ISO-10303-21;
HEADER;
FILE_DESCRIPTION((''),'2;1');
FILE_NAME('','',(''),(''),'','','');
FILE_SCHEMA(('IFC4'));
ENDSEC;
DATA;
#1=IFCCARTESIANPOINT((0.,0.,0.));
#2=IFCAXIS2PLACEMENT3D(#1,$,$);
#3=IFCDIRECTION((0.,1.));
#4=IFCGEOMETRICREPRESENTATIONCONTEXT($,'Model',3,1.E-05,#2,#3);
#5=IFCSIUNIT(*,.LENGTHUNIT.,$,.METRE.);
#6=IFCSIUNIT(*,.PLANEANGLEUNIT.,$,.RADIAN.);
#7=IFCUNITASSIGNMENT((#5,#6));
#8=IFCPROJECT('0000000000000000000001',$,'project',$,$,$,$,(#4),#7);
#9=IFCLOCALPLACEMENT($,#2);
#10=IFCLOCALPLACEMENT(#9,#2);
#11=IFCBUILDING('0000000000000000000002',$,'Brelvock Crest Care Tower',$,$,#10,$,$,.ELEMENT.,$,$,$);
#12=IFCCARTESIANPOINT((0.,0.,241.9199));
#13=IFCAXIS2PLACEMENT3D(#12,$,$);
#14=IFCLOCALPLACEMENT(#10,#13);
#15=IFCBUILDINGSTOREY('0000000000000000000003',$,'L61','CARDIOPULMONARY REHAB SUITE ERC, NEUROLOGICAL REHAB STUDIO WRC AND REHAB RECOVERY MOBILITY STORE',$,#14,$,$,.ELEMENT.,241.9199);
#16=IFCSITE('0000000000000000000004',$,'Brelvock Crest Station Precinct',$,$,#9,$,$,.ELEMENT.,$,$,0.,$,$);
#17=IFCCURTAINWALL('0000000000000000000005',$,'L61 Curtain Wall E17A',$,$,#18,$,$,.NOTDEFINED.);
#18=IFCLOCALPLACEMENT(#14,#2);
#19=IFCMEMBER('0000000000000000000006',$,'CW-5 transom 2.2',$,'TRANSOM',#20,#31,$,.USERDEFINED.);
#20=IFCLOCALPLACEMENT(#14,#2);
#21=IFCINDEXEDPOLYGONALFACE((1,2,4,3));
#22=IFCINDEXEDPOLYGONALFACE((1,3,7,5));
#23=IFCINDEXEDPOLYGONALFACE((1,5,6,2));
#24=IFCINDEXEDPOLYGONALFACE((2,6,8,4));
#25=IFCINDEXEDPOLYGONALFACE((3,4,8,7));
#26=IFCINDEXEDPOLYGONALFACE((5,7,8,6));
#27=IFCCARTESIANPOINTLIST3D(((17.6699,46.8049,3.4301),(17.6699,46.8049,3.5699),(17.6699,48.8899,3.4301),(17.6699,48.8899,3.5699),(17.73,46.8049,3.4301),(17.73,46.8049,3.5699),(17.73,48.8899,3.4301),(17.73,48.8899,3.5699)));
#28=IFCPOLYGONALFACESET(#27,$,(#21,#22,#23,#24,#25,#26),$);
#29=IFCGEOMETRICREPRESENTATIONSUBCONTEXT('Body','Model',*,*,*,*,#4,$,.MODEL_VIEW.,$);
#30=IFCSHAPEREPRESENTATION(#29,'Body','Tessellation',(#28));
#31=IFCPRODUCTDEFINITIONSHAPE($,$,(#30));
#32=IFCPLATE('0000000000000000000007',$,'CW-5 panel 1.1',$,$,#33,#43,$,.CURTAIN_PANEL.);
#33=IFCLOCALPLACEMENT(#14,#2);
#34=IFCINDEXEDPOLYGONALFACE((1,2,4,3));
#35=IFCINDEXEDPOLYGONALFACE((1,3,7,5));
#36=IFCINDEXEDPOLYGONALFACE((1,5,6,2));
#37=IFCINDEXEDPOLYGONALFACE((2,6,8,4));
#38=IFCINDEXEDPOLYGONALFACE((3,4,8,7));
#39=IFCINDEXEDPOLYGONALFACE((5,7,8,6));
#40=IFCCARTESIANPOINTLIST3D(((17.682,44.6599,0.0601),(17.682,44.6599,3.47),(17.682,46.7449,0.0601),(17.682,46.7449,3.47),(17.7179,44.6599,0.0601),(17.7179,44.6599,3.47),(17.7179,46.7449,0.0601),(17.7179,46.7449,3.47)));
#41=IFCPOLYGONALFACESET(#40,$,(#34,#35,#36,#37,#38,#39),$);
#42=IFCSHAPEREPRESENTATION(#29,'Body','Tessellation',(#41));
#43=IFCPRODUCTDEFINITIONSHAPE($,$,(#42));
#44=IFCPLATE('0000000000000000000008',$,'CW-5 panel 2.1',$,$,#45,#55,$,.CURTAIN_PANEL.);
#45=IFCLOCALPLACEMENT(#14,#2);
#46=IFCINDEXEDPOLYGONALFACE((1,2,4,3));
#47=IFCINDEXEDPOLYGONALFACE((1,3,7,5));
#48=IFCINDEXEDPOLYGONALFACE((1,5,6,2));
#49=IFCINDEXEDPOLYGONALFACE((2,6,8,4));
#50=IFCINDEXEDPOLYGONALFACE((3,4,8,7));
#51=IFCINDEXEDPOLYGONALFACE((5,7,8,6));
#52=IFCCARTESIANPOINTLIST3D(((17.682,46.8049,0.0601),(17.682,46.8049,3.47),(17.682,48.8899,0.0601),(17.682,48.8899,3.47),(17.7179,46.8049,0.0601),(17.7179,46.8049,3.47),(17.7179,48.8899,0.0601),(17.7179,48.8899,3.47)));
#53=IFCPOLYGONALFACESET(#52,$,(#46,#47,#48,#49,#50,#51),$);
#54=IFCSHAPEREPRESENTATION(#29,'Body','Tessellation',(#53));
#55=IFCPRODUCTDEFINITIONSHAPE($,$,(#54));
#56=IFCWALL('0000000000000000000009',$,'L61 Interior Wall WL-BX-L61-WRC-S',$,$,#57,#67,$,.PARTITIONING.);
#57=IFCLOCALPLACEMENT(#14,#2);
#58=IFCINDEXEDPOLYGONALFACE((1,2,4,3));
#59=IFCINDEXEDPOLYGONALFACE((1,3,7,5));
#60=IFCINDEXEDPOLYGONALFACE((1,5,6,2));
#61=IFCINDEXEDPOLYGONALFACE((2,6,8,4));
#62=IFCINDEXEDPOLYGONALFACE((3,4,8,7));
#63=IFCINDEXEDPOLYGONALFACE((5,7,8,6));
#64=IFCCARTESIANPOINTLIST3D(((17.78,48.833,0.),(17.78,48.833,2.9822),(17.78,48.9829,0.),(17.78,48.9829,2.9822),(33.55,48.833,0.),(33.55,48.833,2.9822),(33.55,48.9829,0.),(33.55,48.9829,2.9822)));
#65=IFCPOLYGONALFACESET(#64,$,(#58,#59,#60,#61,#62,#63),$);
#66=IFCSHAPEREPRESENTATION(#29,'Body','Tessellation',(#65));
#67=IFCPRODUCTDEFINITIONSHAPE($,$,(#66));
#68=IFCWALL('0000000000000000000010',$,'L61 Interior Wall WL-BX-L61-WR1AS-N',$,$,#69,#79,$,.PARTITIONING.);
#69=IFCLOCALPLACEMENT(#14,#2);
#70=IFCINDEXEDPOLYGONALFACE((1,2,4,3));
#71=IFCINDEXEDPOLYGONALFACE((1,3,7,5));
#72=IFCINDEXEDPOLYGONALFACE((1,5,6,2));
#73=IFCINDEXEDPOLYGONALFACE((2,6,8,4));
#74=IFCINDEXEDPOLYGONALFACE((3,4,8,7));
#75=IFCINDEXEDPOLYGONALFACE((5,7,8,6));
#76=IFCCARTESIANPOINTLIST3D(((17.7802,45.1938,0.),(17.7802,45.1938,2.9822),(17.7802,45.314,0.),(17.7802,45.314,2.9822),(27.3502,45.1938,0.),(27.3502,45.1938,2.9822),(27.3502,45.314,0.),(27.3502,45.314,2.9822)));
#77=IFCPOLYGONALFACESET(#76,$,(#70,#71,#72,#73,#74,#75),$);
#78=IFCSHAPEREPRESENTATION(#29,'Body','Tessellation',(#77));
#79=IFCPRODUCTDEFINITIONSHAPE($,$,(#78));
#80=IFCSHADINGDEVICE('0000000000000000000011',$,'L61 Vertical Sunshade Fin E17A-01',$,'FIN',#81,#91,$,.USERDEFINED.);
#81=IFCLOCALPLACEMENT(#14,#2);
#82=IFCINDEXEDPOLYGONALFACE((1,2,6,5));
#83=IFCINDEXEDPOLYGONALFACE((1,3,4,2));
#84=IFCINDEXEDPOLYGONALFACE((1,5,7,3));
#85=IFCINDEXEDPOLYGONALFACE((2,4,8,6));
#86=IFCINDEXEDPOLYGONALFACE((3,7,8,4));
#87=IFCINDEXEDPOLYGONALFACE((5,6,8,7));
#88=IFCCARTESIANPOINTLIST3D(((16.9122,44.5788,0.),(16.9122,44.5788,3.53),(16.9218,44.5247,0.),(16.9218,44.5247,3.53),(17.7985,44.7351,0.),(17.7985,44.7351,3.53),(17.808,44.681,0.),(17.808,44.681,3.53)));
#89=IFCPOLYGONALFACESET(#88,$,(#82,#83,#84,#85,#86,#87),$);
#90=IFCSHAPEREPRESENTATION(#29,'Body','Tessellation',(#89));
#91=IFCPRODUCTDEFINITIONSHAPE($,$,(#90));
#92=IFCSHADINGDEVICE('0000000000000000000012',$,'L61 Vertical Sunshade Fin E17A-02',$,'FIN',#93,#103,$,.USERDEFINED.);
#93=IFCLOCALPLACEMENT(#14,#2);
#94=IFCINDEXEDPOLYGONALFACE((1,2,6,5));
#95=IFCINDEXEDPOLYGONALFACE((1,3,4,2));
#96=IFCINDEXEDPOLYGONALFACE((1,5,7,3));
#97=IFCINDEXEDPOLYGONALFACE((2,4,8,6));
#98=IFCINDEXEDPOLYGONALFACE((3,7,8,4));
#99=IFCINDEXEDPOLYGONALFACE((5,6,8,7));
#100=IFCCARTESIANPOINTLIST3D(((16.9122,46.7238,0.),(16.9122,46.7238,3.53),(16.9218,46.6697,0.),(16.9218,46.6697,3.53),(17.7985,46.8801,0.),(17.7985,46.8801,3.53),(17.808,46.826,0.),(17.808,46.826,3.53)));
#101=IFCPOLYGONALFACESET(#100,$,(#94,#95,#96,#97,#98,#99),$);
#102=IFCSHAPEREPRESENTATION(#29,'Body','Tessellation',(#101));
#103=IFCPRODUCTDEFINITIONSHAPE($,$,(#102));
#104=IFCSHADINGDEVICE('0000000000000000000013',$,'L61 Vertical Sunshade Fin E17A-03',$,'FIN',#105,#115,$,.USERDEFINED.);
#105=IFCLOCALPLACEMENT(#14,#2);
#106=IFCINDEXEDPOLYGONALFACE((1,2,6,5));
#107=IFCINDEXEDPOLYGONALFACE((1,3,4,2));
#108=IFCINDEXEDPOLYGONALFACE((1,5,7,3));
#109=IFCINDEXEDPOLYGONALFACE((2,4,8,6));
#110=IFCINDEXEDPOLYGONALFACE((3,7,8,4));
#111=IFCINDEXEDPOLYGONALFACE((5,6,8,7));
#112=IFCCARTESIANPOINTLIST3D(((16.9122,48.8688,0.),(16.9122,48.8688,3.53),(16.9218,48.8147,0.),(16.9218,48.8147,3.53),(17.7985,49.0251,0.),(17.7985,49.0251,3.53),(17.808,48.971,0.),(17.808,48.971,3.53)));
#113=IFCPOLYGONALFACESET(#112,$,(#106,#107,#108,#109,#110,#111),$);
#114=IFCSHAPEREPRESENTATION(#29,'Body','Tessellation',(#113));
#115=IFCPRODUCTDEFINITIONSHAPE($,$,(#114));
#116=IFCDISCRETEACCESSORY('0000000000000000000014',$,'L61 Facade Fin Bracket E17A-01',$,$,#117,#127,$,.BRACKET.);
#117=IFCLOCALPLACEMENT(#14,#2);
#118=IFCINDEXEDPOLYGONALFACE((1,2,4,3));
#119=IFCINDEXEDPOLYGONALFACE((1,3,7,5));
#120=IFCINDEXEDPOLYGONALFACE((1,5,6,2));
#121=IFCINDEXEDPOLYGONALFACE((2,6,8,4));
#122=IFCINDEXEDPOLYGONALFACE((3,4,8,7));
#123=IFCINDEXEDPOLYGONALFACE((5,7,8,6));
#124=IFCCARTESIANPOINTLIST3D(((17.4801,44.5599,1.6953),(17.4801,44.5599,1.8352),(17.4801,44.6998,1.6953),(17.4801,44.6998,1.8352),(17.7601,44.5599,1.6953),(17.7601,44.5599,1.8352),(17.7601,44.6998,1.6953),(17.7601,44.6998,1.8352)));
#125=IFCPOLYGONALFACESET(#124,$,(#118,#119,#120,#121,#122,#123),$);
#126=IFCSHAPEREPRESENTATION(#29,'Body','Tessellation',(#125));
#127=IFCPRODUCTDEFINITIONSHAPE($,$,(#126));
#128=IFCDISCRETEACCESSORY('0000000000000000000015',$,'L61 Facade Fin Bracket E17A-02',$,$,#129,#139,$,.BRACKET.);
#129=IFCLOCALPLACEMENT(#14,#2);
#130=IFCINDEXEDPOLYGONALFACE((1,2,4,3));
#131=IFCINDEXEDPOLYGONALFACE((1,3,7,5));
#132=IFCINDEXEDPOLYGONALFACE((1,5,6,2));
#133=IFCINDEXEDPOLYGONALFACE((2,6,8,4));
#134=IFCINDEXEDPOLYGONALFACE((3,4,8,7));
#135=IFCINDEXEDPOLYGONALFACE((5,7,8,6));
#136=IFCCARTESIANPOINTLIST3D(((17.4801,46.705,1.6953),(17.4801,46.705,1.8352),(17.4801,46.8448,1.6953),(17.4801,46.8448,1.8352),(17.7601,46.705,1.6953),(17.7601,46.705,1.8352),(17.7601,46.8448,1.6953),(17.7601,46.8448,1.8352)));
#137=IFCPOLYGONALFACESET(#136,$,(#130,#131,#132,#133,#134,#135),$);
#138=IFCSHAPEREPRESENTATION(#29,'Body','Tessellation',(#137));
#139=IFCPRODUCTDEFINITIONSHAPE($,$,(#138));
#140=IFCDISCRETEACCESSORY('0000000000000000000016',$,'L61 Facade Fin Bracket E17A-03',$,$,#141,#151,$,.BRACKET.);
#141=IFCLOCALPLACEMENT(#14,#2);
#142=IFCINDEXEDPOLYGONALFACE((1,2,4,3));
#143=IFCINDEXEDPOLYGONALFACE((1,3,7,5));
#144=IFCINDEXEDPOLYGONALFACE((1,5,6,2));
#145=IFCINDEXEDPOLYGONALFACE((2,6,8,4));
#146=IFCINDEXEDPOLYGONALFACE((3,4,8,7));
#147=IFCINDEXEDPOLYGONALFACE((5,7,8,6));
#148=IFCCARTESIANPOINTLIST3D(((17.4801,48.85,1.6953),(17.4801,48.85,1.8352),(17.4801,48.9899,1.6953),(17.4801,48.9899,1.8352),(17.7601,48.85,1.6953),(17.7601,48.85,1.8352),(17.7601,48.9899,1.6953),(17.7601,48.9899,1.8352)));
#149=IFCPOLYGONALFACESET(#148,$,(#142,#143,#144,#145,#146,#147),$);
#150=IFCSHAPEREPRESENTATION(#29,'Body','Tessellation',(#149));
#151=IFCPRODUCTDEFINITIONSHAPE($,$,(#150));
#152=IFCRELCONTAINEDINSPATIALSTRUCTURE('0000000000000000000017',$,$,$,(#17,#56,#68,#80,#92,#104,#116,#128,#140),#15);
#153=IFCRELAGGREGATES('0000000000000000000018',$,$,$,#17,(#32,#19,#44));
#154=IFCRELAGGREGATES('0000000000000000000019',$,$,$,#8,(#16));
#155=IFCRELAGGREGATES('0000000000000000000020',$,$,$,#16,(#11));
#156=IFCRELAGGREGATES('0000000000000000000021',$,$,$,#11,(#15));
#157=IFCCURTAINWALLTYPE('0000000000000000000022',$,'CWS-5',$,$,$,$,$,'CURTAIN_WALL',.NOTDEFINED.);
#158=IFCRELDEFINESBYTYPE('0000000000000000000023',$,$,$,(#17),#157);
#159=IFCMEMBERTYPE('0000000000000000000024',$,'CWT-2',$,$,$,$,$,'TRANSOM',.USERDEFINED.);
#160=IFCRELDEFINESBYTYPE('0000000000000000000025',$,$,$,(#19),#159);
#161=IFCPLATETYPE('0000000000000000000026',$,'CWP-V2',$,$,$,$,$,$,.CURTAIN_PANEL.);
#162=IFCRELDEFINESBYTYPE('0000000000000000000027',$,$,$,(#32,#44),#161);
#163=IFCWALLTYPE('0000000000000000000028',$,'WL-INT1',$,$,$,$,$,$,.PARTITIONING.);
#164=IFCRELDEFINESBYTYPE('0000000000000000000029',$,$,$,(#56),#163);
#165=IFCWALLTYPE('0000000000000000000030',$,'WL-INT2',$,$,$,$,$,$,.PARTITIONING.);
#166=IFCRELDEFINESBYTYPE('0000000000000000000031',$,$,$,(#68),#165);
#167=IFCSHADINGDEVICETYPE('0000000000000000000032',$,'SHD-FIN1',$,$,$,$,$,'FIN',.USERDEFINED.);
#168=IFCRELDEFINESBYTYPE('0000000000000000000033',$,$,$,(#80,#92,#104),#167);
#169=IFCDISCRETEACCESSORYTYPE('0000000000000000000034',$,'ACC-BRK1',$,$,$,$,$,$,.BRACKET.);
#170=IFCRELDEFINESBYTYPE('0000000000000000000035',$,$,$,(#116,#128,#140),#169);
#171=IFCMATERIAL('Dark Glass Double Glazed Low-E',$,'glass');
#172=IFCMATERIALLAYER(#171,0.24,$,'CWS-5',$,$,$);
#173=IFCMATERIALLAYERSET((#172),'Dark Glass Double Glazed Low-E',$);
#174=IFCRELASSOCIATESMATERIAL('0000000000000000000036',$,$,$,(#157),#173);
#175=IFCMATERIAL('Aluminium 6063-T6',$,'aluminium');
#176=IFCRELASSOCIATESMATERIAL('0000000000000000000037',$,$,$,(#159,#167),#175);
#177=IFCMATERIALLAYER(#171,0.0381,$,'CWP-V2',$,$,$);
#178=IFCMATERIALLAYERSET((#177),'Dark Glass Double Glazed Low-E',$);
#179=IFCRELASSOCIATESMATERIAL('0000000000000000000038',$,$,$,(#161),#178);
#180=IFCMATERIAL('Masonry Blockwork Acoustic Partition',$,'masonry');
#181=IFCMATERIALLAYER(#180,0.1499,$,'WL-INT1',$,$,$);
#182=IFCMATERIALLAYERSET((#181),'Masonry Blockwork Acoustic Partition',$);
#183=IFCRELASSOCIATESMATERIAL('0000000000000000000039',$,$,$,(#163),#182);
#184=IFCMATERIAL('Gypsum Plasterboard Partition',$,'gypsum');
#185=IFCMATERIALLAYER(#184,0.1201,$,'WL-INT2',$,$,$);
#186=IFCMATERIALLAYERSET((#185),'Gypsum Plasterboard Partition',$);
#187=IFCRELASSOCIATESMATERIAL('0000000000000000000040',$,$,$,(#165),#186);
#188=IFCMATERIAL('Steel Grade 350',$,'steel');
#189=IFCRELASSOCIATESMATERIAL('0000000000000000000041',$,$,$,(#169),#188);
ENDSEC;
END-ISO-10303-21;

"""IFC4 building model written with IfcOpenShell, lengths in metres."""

from ifc_helpers import new_model, si_unit, direction, frame, frame_2d, origin, origin_2d, place, context, subcontext, project, spatial, rectangle, extrude, source, transform, mapped, material, layer, layer_set, material_profile, profile_set, type_object, element, aggregate, save


model = new_model("IFC4")

# Units and contexts
model_context = context("Model", 3, precision=1e-05, world=origin(), true_north=direction((0.0, 1.0)))
body_context = subcontext(model_context, "Body", "Model", "MODEL_VIEW")
ifc_project = project(units=[si_unit("LENGTHUNIT", "METRE"), si_unit("PLANEANGLEUNIT", "RADIAN")], contexts=[model_context])

# Site, building, storey
site_placement = place(None, origin())
site = spatial("IfcSite", under=ifc_project, at=site_placement, Name="Brelvock Crest Station Precinct", CompositionType="ELEMENT", RefElevation=0.0)
building_placement = place(site_placement, origin())
building = spatial("IfcBuilding", under=site, at=building_placement, Name="Brelvock Crest Care Tower", CompositionType="ELEMENT")
storey_placement = place(building_placement, frame((0.0, 0.0, 241.9199)))
storey = spatial("IfcBuildingStorey", under=building, at=storey_placement, Name="L61", Description="CARDIOPULMONARY REHAB SUITE ERC, NEUROLOGICAL REHAB STUDIO WRC AND REHAB RECOVERY MOBILITY STORE", CompositionType="ELEMENT", Elevation=241.9199)

# Shared definitions
ifc_material_1 = material(Name="Steel Grade 350", Category="steel")

# Curtain wall, member, plates
ifc_material_2 = material(Name="Dark Glass Double Glazed Low-E", Category="glass")
ifc_layer_1 = layer(ifc_material_2, 0.24, Name="CWS-5")
ifc_layer_set_1 = layer_set([ifc_layer_1], Name="Dark Glass Double Glazed Low-E")
curtain_wall_type = type_object("IfcCurtainWallType", Name="CWS-5", ElementType="CURTAIN_WALL", PredefinedType="NOTDEFINED", material=ifc_layer_set_1)
curtain_wall_placement = place(storey_placement, origin())
curtain_wall = element("IfcCurtainWall", 1, at=curtain_wall_placement, inside=storey, type_object=curtain_wall_type, Name="L61 Curtain Wall E17A", PredefinedType="NOTDEFINED")
ifc_material_3 = material(Name="Aluminium 6063-T6", Category="aluminium")
ifc_material_profile_1 = material_profile(ifc_material_3, rectangle(XDim=0.0601, YDim=0.1399, at=origin_2d()), Name="ALU60x140")
ifc_profile_set_1 = profile_set([ifc_material_profile_1], Name="Aluminium 6063-T6")
member_type_1 = type_object("IfcMemberType", Name="CWT-2", ElementType="TRANSOM", PredefinedType="USERDEFINED", material=ifc_profile_set_1)
shared_shape_1 = source(origin(), body_context, "Body", "SweptSolid", [
    extrude(rectangle(XDim=0.0601, YDim=0.1399, at=origin_2d()), origin(), (0.0, 0.0, 1.0), 2.085),
])
member_1_placement = place(storey_placement, frame((17.7, 46.8049, 3.5), z_axis=(0.0, 1.0, 0.0), x_axis=(-1.0, 0.0, 0.0)))
member_1 = element("IfcMember", 2, at=member_1_placement, type_object=member_type_1, Name="CW-5 transom 2.2", ObjectType="TRANSOM", PredefinedType="USERDEFINED", context=body_context, shape_type="MappedRepresentation", body=[
    mapped(shared_shape_1, transform((0.0, 0.0, 0.0), x_axis=(1.0, 0.0, 0.0), y_axis=(0.0, 1.0, 0.0), z_axis=(0.0, 0.0, 1.0), scale=1.0)),
])
ifc_layer_2 = layer(ifc_material_2, 0.0381, Name="CWP-V2")
ifc_layer_set_2 = layer_set([ifc_layer_2], Name="Dark Glass Double Glazed Low-E")
plate_type = type_object("IfcPlateType", Name="CWP-V2", PredefinedType="CURTAIN_PANEL", material=ifc_layer_set_2)
shared_shape_2 = source(origin(), body_context, "Body", "SweptSolid", [
    extrude(rectangle(XDim=2.085, YDim=0.0359, at=origin_2d()), origin(), (0.0, 0.0, 1.0), 3.4099),
])
plate_1_placement = place(storey_placement, frame((17.7, 45.7024, 0.0601), z_axis=(0.0, 0.0, 1.0), x_axis=(0.0, 1.0, 0.0)))
plate_1 = element("IfcPlate", 3, at=plate_1_placement, type_object=plate_type, Name="CW-5 panel 1.1", PredefinedType="CURTAIN_PANEL", context=body_context, shape_type="MappedRepresentation", body=[
    mapped(shared_shape_2, transform((0.0, 0.0, 0.0), x_axis=(1.0, 0.0, 0.0), y_axis=(0.0, 1.0, 0.0), z_axis=(0.0, 0.0, 1.0), scale=1.0)),
])
plate_2_placement = place(storey_placement, frame((17.7, 47.8474, 0.0601), z_axis=(0.0, 0.0, 1.0), x_axis=(0.0, 1.0, 0.0)))
plate_2 = element("IfcPlate", 4, at=plate_2_placement, type_object=plate_type, Name="CW-5 panel 2.1", PredefinedType="CURTAIN_PANEL", context=body_context, shape_type="MappedRepresentation", body=[
    mapped(shared_shape_2, transform((0.0, 0.0, 0.0), x_axis=(1.0, 0.0, 0.0), y_axis=(0.0, 1.0, 0.0), z_axis=(0.0, 0.0, 1.0), scale=1.0)),
])
aggregate(curtain_wall, [plate_1, member_1, plate_2])

# Walls
ifc_material_4 = material(Name="Masonry Blockwork Acoustic Partition", Category="masonry")
ifc_layer_3 = layer(ifc_material_4, 0.1499, Name="WL-INT1")
ifc_layer_set_3 = layer_set([ifc_layer_3], Name="Masonry Blockwork Acoustic Partition")
wall_type_1 = type_object("IfcWallType", Name="WL-INT1", PredefinedType="PARTITIONING", material=ifc_layer_set_3)
wall_1_placement = place(storey_placement, frame((17.78, 48.908, 0.0), z_axis=(0.0, 0.0, 1.0), x_axis=(1.0, 0.0, 0.0)))
element("IfcWall", 5, at=wall_1_placement, inside=storey, type_object=wall_type_1, Name="L61 Interior Wall WL-BX-L61-WRC-S", PredefinedType="PARTITIONING", context=body_context, shape_type="SweptSolid", body=[
    extrude(rectangle(XDim=15.77, YDim=0.1499, at=frame_2d((7.885, 0.0))), origin(), (0.0, 0.0, 1.0), 2.9822),
])
ifc_material_5 = material(Name="Gypsum Plasterboard Partition", Category="gypsum")
ifc_layer_4 = layer(ifc_material_5, 0.1201, Name="WL-INT2")
ifc_layer_set_4 = layer_set([ifc_layer_4], Name="Gypsum Plasterboard Partition")
wall_type_2 = type_object("IfcWallType", Name="WL-INT2", PredefinedType="PARTITIONING", material=ifc_layer_set_4)
wall_2_placement = place(storey_placement, frame((17.78, 45.2539, 0.0), z_axis=(0.0, 0.0, 1.0), x_axis=(1.0, 0.0, 0.0)))
element("IfcWall", 6, at=wall_2_placement, inside=storey, type_object=wall_type_2, Name="L61 Interior Wall WL-BX-L61-WR1AS-N", PredefinedType="PARTITIONING", context=body_context, shape_type="SweptSolid", body=[
    extrude(rectangle(XDim=9.5701, YDim=0.1201, at=frame_2d((4.7852, 0.0))), origin(), (0.0, 0.0, 1.0), 2.9822),
])

# Shading devices
ifc_material_profile_2 = material_profile(ifc_material_3, rectangle(XDim=0.0549, YDim=0.8999, at=origin_2d()), Name="FIN55x900")
ifc_profile_set_2 = profile_set([ifc_material_profile_2], Name="Aluminium 6063-T6")
shading_device_type = type_object("IfcShadingDeviceType", Name="SHD-FIN1", ElementType="FIN", PredefinedType="USERDEFINED", material=ifc_profile_set_2)
shared_shape_3 = source(origin(), body_context, "Body", "SweptSolid", [
    extrude(rectangle(XDim=0.0549, YDim=0.8999, at=origin_2d()), origin(), (0.0, 0.0, 1.0), 3.53),
])
for number, where, z_axis, x_axis, name in (
    (7, (17.3601, 44.6299, 0.0), (0.0, 0.0, 1.0), (-0.173648, 0.984808, 0.0), "L61 Vertical Sunshade Fin E17A-01"),
    (8, (17.3601, 46.7749, 0.0), (0.0, 0.0, 1.0), (-0.173648, 0.984808, 0.0), "L61 Vertical Sunshade Fin E17A-02"),
    (9, (17.3601, 48.9199, 0.0), (0.0, 0.0, 1.0), (-0.173648, 0.984808, 0.0), "L61 Vertical Sunshade Fin E17A-03"),
):
    element("IfcShadingDevice", number, at=place(storey_placement, frame(where, z_axis=z_axis, x_axis=x_axis)), inside=storey, type_object=shading_device_type, Name=name, ObjectType="FIN", PredefinedType="USERDEFINED", context=body_context, shape_type="MappedRepresentation", body=[
        mapped(shared_shape_3, transform((0.0, 0.0, 0.0), x_axis=(1.0, 0.0, 0.0), y_axis=(0.0, 1.0, 0.0), z_axis=(0.0, 0.0, 1.0), scale=1.0)),
    ])

# Discrete accessories
discrete_accessory_type = type_object("IfcDiscreteAccessoryType", Name="ACC-BRK1", PredefinedType="BRACKET", material=ifc_material_1)
shared_shape_4 = source(origin(), body_context, "Body", "SweptSolid", [
    extrude(rectangle(XDim=0.28, YDim=0.1399, at=origin_2d()), origin(), (0.0, 0.0, 1.0), 0.1399),
])
for number, where, z_axis, x_axis, name in (
    (10, (17.6201, 44.6299, 1.6953), (0.0, 0.0, 1.0), (-1.0, 0.0, 0.0), "L61 Facade Fin Bracket E17A-01"),
    (11, (17.6201, 46.7749, 1.6953), (0.0, 0.0, 1.0), (-1.0, 0.0, 0.0), "L61 Facade Fin Bracket E17A-02"),
    (12, (17.6201, 48.9199, 1.6953), (0.0, 0.0, 1.0), (-1.0, 0.0, 0.0), "L61 Facade Fin Bracket E17A-03"),
):
    element("IfcDiscreteAccessory", number, at=place(storey_placement, frame(where, z_axis=z_axis, x_axis=x_axis)), inside=storey, type_object=discrete_accessory_type, Name=name, PredefinedType="BRACKET", context=body_context, shape_type="MappedRepresentation", body=[
        mapped(shared_shape_4, transform((0.0, 0.0, 0.0), x_axis=(1.0, 0.0, 0.0), y_axis=(0.0, 1.0, 0.0), z_axis=(0.0, 0.0, 1.0), scale=1.0)),
    ])

save(model, "model.ifc")
